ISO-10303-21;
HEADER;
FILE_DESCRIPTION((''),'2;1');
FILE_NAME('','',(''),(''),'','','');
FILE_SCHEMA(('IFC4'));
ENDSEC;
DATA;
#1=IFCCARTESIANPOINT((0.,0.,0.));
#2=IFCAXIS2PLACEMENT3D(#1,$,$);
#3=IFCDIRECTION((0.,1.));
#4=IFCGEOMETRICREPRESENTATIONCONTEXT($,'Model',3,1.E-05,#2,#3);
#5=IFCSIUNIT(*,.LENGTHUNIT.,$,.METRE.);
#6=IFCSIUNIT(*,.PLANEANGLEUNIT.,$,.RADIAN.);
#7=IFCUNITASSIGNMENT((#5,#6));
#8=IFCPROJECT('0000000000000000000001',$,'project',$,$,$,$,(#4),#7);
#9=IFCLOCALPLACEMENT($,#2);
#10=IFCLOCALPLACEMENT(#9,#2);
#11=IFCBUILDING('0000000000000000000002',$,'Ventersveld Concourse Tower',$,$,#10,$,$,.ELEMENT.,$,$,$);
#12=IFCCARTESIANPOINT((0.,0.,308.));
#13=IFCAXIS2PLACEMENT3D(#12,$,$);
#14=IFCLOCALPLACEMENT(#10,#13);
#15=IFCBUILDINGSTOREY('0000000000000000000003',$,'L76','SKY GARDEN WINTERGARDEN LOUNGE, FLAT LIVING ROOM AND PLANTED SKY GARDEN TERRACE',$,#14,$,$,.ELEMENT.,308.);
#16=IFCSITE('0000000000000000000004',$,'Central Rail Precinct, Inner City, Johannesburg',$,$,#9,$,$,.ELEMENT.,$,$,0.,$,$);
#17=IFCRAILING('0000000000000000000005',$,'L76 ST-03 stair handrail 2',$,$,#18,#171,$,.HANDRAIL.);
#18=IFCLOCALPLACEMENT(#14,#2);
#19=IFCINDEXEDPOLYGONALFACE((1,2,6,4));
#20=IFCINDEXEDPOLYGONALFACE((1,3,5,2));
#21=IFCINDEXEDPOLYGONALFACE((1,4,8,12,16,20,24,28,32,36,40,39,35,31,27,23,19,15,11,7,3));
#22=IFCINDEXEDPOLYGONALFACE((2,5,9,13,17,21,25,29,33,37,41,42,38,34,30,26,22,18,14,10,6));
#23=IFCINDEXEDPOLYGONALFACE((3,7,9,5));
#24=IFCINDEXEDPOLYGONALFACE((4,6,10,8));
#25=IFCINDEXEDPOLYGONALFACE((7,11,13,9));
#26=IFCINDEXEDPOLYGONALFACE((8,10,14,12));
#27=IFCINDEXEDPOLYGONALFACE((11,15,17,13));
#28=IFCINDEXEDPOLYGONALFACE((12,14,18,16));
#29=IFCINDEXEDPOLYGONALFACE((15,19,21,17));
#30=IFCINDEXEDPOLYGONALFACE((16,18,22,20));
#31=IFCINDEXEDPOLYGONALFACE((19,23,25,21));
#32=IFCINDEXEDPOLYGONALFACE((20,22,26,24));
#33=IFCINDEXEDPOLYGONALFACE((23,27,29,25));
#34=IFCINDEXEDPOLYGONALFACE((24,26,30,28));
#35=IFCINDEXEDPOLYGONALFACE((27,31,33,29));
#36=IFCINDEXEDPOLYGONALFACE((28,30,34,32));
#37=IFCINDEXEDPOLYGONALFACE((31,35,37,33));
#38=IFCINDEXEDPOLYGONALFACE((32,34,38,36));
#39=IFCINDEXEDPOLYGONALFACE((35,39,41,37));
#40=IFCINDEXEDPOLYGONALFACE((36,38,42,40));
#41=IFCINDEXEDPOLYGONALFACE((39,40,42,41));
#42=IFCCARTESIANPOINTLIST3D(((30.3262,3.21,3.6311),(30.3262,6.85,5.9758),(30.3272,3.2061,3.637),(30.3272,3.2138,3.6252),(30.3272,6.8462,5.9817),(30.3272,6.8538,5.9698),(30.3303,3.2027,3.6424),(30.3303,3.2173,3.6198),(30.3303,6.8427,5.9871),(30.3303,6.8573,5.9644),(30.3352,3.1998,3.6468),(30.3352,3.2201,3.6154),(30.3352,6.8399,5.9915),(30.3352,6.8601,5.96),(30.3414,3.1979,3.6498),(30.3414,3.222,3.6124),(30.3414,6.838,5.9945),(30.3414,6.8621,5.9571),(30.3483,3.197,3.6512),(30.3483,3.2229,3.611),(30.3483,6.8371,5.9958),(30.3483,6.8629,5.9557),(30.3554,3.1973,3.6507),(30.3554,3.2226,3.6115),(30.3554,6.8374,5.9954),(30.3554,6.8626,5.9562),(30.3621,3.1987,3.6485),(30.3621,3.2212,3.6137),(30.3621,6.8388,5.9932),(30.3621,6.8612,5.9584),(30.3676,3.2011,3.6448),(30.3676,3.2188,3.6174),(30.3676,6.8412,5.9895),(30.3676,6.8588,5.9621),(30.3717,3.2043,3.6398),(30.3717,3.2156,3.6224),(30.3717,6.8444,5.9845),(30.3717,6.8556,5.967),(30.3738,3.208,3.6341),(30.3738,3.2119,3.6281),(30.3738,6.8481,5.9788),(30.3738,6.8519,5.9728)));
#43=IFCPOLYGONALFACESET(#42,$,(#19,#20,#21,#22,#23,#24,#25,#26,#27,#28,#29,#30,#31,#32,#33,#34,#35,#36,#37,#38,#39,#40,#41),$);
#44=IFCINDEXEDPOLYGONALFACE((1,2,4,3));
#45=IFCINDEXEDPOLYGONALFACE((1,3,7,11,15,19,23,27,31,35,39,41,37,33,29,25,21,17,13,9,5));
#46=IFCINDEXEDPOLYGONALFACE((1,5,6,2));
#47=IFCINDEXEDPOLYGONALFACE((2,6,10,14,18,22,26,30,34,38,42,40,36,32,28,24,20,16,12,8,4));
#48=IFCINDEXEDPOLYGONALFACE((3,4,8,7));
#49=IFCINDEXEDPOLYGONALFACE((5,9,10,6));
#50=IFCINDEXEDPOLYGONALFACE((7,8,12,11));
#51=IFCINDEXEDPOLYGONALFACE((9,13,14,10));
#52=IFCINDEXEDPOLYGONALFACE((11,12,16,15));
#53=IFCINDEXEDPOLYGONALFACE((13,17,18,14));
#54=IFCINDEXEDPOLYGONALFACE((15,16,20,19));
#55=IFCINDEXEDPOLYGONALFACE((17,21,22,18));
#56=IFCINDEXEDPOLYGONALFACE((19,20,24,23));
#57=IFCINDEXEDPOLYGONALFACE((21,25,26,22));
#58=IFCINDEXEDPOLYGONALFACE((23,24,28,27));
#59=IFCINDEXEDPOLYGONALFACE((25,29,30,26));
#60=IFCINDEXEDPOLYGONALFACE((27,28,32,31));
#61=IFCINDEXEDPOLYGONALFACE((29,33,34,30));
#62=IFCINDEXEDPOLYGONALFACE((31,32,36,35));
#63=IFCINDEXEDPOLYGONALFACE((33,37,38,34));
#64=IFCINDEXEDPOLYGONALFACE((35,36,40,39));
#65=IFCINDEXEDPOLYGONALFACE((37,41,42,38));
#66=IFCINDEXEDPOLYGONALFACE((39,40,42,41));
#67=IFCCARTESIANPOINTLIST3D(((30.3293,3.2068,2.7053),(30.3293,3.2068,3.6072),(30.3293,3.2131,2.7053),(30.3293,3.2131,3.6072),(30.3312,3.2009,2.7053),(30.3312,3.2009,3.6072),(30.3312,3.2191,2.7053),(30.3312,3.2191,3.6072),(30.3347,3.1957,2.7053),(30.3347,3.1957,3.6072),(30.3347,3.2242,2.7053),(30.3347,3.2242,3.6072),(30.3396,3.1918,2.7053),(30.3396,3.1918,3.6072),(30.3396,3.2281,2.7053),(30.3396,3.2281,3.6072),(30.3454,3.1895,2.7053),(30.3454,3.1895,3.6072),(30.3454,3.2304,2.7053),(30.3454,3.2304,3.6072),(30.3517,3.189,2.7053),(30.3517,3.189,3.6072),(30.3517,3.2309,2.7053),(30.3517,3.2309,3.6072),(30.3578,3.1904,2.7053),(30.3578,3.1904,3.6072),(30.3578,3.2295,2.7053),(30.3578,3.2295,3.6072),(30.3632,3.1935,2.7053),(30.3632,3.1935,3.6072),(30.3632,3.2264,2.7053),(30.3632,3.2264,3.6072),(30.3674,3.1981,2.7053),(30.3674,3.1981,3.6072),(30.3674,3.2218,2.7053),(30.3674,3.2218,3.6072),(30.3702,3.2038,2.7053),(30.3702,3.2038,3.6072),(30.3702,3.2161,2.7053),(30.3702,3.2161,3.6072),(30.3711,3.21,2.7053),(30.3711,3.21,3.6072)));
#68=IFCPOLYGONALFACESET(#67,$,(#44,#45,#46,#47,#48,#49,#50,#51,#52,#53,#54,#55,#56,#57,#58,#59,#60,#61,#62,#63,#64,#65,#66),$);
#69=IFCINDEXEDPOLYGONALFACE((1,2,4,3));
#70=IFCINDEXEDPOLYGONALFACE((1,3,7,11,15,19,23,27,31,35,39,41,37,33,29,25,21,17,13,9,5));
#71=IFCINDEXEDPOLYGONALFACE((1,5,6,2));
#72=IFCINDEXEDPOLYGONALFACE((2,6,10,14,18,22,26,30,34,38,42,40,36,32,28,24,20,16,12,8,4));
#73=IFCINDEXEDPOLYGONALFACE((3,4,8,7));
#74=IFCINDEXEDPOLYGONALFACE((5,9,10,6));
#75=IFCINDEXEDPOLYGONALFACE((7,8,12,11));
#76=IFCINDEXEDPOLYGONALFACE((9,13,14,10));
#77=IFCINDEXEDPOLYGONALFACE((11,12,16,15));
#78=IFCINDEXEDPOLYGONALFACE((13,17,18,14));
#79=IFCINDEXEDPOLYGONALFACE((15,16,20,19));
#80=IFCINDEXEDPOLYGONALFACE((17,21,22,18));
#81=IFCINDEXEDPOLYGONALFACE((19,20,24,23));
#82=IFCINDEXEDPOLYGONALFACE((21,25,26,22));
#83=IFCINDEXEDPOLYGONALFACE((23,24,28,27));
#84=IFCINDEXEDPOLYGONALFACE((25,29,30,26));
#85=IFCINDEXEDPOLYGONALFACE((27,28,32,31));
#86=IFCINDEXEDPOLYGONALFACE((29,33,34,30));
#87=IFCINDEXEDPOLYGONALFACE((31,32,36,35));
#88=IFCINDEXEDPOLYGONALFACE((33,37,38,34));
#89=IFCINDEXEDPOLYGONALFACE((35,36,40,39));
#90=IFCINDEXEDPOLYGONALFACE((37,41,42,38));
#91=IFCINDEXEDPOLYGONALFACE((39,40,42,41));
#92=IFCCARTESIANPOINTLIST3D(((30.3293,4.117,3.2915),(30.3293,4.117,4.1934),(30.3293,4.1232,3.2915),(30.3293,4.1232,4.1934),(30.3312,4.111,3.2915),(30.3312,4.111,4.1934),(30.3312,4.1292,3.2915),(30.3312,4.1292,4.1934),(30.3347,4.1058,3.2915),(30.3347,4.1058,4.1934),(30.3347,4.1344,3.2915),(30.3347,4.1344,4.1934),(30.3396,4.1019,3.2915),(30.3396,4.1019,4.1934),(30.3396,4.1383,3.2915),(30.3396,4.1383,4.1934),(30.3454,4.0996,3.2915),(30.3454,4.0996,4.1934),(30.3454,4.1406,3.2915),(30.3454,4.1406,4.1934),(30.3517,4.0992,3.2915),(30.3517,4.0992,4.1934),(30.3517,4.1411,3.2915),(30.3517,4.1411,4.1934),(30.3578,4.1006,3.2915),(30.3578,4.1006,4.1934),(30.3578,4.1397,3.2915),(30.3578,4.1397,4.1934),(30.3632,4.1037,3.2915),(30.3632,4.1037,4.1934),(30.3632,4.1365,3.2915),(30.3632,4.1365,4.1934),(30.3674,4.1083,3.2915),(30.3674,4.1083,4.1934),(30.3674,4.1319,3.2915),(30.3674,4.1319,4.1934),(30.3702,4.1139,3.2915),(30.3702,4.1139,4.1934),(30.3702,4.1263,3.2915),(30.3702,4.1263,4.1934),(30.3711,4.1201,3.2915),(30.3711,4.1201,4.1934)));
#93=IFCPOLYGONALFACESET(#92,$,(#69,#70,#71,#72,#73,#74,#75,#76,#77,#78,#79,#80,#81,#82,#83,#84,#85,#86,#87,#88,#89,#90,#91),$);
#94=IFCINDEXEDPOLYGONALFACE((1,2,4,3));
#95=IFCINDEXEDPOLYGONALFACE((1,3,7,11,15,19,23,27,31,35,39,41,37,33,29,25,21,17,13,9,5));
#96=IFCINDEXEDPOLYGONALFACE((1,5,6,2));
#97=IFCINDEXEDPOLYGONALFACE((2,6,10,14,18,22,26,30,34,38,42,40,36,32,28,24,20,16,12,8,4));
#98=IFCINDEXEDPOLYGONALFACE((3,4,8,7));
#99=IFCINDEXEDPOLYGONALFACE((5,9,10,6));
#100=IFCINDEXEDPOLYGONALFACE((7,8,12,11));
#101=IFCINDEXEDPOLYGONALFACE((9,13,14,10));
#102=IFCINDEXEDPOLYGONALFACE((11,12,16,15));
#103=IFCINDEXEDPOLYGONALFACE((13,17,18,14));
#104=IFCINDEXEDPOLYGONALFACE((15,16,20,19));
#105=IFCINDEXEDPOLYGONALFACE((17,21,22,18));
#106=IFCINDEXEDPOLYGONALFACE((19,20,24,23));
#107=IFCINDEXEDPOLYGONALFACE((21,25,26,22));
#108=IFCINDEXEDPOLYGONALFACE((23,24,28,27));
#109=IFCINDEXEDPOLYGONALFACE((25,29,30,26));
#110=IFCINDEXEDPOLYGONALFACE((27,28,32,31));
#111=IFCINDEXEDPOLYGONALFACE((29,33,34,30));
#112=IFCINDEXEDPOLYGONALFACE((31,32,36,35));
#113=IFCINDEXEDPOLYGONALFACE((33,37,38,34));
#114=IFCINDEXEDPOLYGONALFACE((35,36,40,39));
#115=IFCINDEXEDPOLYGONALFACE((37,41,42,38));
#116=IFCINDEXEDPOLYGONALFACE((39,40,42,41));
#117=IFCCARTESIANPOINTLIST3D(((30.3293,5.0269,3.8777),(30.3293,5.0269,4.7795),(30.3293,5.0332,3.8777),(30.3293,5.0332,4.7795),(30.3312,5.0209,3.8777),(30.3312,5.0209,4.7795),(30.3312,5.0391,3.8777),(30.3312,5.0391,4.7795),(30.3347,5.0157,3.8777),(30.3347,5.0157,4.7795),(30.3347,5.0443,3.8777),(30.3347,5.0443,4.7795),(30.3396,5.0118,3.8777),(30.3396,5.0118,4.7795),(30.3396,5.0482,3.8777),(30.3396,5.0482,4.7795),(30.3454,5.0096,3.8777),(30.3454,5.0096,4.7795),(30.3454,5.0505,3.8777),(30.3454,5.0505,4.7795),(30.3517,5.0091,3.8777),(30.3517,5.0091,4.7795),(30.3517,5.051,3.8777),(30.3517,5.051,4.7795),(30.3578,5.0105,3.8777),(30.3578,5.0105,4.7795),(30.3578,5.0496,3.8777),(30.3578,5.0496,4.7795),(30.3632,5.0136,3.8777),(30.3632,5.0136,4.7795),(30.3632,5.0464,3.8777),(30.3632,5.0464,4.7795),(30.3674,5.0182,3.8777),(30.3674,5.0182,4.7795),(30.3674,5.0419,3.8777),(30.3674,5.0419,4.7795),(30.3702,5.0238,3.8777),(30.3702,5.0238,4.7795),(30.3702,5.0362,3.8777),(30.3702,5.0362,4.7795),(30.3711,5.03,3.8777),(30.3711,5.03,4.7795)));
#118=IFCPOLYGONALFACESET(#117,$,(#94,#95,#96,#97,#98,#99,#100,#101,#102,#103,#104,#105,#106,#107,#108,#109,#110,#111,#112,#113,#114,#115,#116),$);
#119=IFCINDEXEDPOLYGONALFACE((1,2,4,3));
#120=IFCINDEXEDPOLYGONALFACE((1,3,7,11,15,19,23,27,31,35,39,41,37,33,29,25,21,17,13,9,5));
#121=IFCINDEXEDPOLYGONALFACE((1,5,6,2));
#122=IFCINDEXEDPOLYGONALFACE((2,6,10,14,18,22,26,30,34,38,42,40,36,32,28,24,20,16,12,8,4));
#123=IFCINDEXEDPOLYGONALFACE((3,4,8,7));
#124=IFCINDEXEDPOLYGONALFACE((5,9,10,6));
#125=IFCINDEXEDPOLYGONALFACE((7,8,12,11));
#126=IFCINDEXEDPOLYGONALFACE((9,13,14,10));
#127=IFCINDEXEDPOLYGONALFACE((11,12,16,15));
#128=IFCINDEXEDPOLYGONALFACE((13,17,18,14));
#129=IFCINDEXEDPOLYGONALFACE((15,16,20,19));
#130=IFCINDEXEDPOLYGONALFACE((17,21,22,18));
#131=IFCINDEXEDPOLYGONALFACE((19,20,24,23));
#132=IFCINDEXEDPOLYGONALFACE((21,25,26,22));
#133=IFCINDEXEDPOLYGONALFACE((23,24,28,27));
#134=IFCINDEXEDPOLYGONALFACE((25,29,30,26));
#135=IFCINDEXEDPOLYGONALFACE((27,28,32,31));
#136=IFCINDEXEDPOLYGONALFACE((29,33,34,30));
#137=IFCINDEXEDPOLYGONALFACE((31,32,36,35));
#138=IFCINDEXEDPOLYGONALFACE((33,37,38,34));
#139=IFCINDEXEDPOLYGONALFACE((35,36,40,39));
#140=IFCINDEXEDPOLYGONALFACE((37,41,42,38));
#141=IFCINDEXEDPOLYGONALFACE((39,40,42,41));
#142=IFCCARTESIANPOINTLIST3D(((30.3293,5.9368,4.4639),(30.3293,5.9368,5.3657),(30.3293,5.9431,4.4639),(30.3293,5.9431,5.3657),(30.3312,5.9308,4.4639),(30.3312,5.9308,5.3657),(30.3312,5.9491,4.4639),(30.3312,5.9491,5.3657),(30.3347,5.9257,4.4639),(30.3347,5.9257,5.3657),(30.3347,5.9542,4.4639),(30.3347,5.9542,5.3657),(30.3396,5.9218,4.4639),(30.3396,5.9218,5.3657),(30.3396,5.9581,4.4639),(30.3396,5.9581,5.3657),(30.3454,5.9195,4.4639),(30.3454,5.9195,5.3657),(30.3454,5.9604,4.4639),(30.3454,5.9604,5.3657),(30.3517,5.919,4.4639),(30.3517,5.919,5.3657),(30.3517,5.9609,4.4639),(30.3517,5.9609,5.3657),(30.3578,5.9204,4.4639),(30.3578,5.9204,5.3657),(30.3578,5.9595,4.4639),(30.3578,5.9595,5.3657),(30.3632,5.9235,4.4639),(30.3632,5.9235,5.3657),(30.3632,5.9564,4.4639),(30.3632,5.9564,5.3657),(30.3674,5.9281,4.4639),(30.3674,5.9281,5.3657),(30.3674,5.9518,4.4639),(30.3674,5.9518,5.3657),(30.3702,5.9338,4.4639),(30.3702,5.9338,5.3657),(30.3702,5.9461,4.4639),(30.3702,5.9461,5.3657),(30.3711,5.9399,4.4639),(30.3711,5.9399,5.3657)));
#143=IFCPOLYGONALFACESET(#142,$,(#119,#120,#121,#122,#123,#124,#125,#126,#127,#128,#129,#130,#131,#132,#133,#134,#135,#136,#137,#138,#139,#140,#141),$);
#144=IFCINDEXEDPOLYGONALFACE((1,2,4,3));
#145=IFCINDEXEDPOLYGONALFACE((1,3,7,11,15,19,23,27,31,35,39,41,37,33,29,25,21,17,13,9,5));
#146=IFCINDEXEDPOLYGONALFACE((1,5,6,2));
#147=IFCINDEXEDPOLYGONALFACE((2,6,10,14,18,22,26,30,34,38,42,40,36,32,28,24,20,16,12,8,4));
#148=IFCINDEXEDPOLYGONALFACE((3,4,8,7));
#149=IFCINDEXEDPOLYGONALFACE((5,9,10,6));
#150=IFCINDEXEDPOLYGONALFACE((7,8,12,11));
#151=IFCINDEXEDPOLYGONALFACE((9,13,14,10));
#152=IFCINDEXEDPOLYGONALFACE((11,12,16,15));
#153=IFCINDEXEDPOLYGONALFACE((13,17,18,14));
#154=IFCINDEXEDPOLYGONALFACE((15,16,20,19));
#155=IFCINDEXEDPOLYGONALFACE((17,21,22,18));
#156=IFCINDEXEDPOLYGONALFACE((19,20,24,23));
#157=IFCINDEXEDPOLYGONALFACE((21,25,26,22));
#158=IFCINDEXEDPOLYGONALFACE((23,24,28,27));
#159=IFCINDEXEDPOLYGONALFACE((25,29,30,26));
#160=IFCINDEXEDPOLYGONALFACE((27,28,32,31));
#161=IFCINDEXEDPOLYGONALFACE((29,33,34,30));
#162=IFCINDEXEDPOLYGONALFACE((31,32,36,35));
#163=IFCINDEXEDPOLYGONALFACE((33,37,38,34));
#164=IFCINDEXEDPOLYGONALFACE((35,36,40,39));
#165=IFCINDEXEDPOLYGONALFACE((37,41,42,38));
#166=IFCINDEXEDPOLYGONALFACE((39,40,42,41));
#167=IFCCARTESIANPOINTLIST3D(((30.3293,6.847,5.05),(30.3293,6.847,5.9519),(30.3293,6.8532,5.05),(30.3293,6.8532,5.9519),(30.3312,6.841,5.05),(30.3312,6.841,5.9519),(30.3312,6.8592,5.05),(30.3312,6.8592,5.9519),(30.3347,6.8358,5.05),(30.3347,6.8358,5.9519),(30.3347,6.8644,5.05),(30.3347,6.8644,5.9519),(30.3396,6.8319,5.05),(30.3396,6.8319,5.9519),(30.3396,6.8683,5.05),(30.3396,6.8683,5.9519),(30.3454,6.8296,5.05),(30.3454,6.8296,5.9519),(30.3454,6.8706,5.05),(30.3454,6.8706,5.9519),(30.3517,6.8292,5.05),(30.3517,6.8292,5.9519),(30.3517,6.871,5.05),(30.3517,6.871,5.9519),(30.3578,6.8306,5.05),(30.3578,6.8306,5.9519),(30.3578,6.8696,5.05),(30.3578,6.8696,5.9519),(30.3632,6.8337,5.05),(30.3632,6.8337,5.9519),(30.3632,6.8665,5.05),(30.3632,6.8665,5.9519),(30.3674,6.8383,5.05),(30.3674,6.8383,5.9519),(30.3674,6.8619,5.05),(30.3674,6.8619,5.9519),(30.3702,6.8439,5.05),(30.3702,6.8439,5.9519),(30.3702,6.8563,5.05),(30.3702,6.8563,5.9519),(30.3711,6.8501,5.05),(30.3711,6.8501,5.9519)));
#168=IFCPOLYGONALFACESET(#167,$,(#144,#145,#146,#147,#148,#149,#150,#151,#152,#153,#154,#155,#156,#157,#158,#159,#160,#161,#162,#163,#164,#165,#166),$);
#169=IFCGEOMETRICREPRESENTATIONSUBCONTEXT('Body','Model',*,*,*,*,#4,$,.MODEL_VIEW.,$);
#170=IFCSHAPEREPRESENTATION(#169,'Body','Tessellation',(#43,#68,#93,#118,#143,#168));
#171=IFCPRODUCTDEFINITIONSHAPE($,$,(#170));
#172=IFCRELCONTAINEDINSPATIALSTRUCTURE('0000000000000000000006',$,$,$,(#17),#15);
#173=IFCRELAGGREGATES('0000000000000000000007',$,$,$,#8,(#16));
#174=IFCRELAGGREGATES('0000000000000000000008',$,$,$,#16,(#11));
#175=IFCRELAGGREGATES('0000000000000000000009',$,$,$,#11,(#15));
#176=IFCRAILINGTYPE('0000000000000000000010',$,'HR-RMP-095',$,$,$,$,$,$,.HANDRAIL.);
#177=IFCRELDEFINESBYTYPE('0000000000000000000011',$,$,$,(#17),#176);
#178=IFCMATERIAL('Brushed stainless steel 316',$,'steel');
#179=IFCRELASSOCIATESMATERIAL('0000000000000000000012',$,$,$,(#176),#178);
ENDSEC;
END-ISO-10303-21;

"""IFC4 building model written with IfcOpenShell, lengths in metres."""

from ifc_helpers import new_model, si_unit, direction, frame, origin, origin_2d, place, context, subcontext, project, spatial, circle, extrude, material, type_object, element, save


model = new_model("IFC4")

# Units and contexts
model_context = context("Model", 3, precision=1e-05, world=origin(), true_north=direction((0.0, 1.0)))
body_context = subcontext(model_context, "Body", "Model", "MODEL_VIEW")
ifc_project = project(units=[si_unit("LENGTHUNIT", "METRE"), si_unit("PLANEANGLEUNIT", "RADIAN")], contexts=[model_context])

# Site, building, storey
site_placement = place(None, origin())
site = spatial("IfcSite", under=ifc_project, at=site_placement, Name="Central Rail Precinct, Inner City, Johannesburg", CompositionType="ELEMENT", RefElevation=0.0)
building_placement = place(site_placement, origin())
building = spatial("IfcBuilding", under=site, at=building_placement, Name="Ventersveld Concourse Tower", CompositionType="ELEMENT")
storey_placement = place(building_placement, frame((0.0, 0.0, 308.0)))
storey = spatial("IfcBuildingStorey", under=building, at=storey_placement, Name="L76", Description="SKY GARDEN WINTERGARDEN LOUNGE, FLAT LIVING ROOM AND PLANTED SKY GARDEN TERRACE", CompositionType="ELEMENT", Elevation=308.0)

# Shared definitions
ifc_material_1 = material(Name="Brushed stainless steel 316", Category="steel")

# Railing
railing_type_1 = type_object("IfcRailingType", Name="HR-RMP-095", PredefinedType="HANDRAIL", material=ifc_material_1)
railing_1_placement = place(storey_placement, frame((30.3501, 3.21, 2.7053)))
element("IfcRailing", 1, at=railing_1_placement, inside=storey, type_object=railing_type_1, Name="L76 ST-03 stair handrail 2", PredefinedType="HANDRAIL", context=body_context, shape_type="SweptSolid", body=[
    extrude(circle(Radius=0.0239, at=origin_2d()), frame((0.0, 0.0, 0.9258), z_axis=(0.0, 0.840691, 0.541515), x_axis=(-1.0, 0.0, 0.0)), (0.0, 0.0, 1.0), 4.3298),
    extrude(circle(Radius=0.021, at=origin_2d()), origin(), (0.0, 0.0, 1.0), 0.9019),
    extrude(circle(Radius=0.021, at=origin_2d()), frame((0.0, 0.9102, 0.5862)), (0.0, 0.0, 1.0), 0.9019),
    extrude(circle(Radius=0.021, at=origin_2d()), frame((0.0, 1.8201, 1.1724)), (0.0, 0.0, 1.0), 0.9019),
    extrude(circle(Radius=0.021, at=origin_2d()), frame((0.0, 2.73, 1.7585)), (0.0, 0.0, 1.0), 0.9019),
    extrude(circle(Radius=0.021, at=origin_2d()), frame((0.0, 3.6401, 2.3447)), (0.0, 0.0, 1.0), 0.9019),
])

save(model, "model.ifc")
